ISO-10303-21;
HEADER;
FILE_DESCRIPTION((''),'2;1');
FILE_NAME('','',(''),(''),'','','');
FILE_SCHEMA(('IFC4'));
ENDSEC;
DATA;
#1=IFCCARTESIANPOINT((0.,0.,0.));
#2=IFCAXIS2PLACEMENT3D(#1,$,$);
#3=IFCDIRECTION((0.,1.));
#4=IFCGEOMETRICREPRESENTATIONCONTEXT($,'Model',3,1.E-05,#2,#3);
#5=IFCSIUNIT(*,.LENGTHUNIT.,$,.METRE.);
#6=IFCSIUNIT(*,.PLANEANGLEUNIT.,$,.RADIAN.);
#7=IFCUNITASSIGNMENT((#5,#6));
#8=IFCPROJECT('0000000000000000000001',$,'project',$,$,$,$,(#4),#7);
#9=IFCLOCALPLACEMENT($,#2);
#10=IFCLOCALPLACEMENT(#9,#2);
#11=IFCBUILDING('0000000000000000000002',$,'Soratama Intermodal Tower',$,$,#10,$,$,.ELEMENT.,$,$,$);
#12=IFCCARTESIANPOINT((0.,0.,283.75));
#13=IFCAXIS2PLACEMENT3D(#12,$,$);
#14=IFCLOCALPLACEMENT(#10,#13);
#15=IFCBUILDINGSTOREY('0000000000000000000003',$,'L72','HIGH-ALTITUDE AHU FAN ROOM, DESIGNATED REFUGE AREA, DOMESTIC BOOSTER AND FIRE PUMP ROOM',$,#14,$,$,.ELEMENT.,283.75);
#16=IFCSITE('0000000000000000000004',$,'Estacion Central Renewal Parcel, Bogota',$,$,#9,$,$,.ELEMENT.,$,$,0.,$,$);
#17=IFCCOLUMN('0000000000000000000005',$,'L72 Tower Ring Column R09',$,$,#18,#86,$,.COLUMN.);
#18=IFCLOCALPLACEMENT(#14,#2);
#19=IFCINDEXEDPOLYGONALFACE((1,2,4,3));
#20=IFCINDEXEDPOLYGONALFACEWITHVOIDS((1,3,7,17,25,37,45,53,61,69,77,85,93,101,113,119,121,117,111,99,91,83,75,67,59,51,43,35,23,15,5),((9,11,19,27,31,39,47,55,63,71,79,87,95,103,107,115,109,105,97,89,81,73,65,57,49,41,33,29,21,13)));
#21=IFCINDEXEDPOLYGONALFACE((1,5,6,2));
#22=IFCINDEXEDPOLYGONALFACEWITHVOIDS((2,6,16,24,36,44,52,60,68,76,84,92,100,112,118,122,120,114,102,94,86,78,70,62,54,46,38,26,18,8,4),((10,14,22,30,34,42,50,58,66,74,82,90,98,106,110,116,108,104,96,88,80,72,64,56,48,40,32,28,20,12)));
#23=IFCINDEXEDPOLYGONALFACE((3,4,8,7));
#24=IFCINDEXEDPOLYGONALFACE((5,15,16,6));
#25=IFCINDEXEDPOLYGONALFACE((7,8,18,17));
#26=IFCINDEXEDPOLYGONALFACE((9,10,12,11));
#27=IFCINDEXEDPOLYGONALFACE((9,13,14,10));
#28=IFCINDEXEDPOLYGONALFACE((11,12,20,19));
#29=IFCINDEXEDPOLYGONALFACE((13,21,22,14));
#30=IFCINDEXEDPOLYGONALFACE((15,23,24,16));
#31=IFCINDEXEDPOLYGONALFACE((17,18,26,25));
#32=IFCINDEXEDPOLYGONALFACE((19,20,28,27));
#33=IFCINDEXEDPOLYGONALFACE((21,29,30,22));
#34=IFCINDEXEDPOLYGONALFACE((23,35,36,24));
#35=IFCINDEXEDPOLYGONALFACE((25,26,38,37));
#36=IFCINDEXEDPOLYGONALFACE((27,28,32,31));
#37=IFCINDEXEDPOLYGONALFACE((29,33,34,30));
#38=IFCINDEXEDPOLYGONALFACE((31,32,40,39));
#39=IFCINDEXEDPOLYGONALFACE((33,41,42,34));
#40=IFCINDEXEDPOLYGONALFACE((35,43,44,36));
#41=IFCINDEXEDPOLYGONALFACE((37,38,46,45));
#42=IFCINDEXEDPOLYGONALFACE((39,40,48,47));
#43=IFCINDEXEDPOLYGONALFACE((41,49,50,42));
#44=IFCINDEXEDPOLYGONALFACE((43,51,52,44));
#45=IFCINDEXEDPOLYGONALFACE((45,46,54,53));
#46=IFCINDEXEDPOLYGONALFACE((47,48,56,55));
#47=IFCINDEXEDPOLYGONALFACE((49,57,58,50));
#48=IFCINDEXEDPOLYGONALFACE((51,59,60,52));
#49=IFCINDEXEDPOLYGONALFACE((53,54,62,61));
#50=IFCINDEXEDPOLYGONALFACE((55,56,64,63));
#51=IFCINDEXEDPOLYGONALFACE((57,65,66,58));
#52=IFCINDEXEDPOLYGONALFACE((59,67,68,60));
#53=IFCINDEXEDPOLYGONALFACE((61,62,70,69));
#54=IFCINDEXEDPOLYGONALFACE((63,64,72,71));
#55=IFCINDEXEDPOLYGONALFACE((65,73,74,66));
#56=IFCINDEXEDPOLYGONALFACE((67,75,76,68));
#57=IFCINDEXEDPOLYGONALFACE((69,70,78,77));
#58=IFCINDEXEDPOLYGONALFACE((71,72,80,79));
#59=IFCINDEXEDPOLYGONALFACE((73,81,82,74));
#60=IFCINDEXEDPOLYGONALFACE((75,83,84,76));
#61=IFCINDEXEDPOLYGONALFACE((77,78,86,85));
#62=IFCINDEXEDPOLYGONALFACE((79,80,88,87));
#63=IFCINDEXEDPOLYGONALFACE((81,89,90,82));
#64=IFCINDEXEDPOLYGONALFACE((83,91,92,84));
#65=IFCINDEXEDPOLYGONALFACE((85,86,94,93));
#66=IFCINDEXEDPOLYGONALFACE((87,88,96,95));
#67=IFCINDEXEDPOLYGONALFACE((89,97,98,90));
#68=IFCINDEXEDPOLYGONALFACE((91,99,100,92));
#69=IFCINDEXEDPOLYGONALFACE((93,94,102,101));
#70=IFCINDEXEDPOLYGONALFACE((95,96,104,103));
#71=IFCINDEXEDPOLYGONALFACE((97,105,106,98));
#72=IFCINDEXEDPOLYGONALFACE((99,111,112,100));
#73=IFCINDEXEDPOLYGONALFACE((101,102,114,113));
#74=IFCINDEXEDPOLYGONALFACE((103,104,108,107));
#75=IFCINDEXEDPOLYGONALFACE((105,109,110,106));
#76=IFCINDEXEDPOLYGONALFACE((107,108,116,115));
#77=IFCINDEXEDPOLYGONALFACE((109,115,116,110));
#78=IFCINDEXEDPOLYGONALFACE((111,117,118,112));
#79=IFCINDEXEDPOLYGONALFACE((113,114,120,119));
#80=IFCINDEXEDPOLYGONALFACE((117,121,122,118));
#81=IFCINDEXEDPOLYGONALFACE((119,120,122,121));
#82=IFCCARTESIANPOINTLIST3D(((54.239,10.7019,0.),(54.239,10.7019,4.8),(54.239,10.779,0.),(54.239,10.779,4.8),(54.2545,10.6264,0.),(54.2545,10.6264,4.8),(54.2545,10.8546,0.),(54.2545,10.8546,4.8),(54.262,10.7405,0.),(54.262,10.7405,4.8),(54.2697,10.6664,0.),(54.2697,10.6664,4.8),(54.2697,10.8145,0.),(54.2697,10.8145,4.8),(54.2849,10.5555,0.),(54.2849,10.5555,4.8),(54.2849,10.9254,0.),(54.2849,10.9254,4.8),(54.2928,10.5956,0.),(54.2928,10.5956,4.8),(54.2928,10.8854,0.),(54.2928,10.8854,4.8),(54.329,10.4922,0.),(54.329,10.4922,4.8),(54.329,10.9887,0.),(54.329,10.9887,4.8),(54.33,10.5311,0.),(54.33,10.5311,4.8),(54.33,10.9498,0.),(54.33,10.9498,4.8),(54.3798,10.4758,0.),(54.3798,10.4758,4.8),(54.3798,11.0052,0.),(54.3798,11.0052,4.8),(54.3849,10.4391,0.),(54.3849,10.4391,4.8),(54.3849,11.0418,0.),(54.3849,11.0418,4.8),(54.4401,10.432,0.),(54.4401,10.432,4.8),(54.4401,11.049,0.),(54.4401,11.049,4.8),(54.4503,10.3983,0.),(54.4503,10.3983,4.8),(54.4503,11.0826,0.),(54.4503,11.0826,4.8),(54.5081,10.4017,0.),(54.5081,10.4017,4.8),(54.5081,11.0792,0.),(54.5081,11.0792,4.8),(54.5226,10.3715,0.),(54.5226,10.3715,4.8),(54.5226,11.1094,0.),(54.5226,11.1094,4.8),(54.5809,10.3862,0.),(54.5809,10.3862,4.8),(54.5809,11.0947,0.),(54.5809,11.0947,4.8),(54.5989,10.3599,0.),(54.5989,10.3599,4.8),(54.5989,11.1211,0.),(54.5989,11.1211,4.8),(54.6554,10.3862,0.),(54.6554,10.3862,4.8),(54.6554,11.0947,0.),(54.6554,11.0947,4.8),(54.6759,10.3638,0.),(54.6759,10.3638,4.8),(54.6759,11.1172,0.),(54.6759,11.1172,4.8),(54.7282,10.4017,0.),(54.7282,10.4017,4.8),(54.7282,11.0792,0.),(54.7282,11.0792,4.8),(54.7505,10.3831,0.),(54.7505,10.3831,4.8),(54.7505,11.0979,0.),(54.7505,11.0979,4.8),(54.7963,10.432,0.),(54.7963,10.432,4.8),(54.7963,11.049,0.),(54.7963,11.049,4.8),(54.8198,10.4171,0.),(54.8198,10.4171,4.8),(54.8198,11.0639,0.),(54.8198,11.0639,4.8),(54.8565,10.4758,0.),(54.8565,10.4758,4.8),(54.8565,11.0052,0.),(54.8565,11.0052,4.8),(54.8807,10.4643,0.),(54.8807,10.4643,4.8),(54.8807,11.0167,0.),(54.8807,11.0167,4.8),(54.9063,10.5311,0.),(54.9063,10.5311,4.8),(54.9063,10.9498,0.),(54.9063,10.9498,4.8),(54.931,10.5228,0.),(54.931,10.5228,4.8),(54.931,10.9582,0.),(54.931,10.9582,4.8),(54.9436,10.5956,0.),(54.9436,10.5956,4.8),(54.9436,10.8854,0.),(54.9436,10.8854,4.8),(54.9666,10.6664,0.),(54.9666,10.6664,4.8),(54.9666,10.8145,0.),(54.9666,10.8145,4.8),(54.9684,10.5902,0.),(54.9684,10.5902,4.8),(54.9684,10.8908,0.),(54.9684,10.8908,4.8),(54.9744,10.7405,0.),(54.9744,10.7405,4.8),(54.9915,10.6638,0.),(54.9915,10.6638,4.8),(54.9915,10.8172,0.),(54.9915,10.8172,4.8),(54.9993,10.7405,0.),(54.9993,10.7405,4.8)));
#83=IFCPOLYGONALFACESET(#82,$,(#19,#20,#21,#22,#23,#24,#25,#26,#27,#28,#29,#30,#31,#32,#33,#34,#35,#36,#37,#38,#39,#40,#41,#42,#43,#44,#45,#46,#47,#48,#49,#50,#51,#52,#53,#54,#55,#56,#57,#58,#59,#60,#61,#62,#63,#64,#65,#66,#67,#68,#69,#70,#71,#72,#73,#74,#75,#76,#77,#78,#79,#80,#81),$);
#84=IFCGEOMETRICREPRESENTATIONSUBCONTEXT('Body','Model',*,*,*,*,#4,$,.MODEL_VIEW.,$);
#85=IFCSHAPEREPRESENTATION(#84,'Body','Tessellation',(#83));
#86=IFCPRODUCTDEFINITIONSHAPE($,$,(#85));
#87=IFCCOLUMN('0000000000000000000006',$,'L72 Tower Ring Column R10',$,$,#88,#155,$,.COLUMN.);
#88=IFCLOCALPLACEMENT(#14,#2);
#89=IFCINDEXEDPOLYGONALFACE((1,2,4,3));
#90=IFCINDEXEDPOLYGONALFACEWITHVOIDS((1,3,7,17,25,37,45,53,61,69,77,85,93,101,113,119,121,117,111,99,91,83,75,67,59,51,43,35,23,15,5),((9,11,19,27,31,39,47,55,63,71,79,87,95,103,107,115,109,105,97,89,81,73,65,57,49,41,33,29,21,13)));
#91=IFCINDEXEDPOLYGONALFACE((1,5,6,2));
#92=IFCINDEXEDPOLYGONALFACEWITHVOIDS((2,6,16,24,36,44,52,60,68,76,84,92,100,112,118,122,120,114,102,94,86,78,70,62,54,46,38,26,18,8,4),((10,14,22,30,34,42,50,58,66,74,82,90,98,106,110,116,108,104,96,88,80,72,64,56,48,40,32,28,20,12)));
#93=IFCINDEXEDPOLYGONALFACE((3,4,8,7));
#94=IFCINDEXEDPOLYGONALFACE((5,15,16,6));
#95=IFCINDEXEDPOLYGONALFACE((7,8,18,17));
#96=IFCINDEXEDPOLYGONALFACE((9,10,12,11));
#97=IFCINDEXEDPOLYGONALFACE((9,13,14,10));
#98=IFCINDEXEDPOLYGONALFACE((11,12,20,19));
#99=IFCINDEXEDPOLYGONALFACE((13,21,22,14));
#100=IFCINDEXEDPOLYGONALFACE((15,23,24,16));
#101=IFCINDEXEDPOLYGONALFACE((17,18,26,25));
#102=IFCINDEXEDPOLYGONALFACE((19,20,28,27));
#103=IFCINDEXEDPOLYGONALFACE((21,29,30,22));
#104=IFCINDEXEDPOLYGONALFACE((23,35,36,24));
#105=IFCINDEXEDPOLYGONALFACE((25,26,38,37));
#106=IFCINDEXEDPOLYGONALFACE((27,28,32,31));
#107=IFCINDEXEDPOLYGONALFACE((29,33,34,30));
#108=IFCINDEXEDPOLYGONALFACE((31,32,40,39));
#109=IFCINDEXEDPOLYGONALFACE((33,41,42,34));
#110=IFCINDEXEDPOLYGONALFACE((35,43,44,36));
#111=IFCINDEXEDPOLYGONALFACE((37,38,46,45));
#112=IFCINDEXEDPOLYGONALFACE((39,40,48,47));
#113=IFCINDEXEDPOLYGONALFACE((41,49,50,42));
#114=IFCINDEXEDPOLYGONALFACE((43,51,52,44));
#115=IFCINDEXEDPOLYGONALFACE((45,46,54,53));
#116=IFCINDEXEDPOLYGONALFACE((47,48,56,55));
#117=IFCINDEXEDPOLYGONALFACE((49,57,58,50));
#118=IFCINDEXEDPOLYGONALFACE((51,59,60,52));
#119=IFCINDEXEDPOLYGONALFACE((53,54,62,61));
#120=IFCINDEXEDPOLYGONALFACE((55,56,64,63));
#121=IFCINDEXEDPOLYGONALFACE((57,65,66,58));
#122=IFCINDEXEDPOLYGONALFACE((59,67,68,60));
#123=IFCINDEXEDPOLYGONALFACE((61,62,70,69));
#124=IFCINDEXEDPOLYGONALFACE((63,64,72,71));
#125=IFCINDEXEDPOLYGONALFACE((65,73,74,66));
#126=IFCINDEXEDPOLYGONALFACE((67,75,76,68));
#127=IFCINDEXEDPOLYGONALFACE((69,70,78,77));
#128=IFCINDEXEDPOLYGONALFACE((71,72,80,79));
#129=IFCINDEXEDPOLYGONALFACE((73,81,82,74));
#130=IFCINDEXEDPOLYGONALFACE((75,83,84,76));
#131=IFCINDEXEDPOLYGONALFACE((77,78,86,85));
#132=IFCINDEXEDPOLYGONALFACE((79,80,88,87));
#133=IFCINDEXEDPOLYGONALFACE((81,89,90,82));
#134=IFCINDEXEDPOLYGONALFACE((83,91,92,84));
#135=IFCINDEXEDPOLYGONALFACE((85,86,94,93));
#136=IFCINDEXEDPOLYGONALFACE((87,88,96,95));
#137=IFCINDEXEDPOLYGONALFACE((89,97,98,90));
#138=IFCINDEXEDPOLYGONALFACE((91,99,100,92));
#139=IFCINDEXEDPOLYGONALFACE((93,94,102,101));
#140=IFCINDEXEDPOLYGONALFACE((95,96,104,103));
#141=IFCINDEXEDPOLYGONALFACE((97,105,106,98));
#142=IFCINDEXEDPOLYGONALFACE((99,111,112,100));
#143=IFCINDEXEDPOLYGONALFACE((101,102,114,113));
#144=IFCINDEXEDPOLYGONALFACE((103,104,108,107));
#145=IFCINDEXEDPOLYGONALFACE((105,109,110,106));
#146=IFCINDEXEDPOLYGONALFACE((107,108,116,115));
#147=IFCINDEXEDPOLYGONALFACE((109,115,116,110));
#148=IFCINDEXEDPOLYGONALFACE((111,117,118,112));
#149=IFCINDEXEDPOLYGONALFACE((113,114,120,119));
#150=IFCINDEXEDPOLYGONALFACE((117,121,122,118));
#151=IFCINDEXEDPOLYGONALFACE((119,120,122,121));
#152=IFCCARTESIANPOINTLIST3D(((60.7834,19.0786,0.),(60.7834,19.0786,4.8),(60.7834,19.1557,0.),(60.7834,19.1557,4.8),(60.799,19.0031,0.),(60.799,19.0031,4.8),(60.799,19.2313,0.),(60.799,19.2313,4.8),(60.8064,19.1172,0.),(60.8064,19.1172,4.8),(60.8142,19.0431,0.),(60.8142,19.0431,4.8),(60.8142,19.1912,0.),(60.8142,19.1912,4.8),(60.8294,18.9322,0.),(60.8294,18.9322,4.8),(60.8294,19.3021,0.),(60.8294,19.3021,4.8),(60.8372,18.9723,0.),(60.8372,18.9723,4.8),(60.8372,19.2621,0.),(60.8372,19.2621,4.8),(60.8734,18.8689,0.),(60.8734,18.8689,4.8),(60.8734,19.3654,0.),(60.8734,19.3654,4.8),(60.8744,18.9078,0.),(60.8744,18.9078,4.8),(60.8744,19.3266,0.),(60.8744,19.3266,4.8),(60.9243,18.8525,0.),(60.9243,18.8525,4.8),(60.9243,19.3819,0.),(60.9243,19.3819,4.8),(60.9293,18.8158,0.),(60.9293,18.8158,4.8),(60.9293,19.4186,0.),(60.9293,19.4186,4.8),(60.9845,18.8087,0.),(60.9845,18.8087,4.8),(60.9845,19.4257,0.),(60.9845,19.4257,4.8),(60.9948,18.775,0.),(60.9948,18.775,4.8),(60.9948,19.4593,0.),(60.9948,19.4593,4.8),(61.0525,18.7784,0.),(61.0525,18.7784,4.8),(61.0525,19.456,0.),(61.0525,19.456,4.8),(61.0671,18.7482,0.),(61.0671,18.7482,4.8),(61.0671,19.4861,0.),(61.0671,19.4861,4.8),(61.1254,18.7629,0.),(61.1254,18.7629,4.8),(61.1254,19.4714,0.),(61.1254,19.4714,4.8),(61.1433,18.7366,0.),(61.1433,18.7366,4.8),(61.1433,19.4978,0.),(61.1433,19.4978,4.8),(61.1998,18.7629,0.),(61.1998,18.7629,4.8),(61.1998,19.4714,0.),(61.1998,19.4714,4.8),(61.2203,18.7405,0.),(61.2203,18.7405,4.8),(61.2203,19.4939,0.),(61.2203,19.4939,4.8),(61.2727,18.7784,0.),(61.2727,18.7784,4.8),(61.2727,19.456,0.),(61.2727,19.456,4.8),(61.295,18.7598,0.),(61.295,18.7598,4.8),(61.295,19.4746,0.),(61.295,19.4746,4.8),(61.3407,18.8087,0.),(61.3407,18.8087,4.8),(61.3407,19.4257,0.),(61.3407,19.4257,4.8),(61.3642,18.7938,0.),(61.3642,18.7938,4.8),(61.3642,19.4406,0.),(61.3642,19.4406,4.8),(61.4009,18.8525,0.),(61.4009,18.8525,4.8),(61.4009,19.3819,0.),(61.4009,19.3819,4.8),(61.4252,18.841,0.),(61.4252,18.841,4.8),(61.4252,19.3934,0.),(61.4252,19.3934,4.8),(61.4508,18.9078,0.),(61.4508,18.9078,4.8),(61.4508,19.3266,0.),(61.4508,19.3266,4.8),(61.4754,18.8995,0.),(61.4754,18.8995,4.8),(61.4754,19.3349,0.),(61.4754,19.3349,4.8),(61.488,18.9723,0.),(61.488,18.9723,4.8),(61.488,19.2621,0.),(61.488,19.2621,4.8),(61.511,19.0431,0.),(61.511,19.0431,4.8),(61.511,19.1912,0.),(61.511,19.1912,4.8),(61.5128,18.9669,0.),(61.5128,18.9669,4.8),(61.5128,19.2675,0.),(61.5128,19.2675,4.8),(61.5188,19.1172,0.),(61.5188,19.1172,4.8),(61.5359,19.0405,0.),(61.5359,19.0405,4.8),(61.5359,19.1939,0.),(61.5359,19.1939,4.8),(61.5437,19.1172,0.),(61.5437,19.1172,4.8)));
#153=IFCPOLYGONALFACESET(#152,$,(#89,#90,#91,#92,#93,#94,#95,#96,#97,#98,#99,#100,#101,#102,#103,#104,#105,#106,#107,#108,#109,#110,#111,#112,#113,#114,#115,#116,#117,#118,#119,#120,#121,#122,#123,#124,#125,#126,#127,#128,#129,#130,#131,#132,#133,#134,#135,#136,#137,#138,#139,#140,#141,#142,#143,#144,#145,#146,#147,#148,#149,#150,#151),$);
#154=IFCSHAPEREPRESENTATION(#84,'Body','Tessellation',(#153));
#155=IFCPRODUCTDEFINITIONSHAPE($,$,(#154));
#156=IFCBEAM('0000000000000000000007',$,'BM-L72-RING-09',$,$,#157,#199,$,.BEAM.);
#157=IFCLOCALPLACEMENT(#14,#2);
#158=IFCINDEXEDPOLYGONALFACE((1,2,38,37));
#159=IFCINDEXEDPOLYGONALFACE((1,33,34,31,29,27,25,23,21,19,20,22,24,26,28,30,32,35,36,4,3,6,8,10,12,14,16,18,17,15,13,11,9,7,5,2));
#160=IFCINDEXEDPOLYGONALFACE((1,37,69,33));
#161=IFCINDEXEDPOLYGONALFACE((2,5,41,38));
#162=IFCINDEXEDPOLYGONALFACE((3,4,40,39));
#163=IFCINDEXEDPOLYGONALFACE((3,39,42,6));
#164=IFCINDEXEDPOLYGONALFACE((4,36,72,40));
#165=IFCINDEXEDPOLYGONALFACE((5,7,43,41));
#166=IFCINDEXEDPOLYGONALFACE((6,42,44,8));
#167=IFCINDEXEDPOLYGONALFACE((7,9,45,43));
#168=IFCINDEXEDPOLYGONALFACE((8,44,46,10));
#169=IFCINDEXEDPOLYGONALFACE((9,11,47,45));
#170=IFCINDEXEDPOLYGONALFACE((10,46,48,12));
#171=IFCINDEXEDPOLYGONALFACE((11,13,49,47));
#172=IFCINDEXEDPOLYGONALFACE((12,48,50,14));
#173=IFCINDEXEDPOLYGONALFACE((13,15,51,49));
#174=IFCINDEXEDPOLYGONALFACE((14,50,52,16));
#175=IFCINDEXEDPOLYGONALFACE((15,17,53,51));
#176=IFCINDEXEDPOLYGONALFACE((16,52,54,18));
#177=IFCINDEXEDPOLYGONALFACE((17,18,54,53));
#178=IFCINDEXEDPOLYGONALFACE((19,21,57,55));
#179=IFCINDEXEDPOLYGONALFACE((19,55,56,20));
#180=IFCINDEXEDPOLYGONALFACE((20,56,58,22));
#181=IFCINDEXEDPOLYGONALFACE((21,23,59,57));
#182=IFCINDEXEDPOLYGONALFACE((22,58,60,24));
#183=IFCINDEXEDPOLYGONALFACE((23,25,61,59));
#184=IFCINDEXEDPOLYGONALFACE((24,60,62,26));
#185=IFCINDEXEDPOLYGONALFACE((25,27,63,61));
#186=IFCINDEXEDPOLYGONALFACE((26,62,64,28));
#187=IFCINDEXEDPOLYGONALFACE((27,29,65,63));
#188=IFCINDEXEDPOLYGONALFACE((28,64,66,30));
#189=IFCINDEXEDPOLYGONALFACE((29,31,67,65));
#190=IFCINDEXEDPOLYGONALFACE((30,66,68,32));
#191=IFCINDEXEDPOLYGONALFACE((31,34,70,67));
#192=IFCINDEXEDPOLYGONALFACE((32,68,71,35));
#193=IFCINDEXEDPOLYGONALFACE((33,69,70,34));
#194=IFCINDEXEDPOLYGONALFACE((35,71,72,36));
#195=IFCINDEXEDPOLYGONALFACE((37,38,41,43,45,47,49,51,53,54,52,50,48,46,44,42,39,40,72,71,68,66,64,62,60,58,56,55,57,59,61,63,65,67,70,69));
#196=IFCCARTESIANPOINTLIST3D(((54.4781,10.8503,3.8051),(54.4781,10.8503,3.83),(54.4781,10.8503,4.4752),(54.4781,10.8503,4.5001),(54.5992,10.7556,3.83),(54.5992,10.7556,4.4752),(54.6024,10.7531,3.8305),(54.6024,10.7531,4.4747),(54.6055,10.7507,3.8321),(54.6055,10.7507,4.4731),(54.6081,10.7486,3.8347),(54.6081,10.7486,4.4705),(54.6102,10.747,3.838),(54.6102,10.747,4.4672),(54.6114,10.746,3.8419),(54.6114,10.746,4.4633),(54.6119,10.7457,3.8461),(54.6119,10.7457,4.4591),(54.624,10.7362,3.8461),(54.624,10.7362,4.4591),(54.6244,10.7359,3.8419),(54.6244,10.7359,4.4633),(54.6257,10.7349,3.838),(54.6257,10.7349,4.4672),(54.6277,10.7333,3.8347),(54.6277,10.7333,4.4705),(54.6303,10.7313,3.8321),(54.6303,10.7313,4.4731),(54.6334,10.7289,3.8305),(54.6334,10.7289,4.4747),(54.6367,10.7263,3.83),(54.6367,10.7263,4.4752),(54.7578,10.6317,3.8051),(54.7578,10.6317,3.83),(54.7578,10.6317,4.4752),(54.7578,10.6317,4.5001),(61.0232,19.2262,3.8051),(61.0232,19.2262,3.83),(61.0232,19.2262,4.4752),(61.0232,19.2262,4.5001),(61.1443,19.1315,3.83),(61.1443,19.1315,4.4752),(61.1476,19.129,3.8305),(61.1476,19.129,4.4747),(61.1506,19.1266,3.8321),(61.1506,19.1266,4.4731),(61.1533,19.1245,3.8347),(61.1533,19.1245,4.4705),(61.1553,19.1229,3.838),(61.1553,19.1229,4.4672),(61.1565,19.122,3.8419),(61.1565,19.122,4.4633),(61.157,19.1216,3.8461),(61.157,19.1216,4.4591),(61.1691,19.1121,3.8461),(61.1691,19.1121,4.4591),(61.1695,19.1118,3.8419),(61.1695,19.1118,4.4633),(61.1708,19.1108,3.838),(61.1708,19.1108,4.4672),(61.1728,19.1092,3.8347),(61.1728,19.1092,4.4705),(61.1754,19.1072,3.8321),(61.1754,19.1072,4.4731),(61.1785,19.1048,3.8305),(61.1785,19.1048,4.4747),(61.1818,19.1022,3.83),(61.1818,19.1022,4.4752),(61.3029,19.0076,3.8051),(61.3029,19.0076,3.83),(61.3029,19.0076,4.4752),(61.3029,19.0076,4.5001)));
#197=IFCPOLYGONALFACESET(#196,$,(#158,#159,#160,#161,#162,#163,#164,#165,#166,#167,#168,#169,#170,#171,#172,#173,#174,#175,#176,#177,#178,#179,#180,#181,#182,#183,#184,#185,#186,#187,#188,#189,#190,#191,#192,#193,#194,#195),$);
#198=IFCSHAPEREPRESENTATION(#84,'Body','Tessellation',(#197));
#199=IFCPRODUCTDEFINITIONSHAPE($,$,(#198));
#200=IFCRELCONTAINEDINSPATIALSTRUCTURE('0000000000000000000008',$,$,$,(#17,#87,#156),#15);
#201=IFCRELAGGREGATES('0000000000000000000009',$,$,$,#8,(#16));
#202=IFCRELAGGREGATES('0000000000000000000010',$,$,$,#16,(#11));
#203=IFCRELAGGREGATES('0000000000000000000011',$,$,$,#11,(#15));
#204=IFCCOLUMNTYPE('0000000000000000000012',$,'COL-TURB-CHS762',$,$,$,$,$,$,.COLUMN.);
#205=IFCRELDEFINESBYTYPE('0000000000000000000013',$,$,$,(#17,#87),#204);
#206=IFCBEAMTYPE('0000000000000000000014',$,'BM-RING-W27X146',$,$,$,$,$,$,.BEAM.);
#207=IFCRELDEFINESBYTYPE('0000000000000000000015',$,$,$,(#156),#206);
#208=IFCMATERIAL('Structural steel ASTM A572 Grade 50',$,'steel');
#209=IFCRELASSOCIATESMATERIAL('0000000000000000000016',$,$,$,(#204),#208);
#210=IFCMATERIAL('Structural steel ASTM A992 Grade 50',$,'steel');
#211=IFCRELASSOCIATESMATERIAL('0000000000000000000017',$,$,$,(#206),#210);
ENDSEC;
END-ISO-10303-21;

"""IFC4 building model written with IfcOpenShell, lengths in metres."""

from ifc_helpers import new_model, si_unit, direction, frame, origin, origin_2d, place, context, subcontext, project, spatial, hollow_circle, i_section, extrude, material, material_profile, profile_set, type_object, element, save


model = new_model("IFC4")

# Units and contexts
model_context = context("Model", 3, precision=1e-05, world=origin(), true_north=direction((0.0, 1.0)))
body_context = subcontext(model_context, "Body", "Model", "MODEL_VIEW")
ifc_project = project(units=[si_unit("LENGTHUNIT", "METRE"), si_unit("PLANEANGLEUNIT", "RADIAN")], contexts=[model_context])

# Site, building, storey
site_placement = place(None, origin())
site = spatial("IfcSite", under=ifc_project, at=site_placement, Name="Estacion Central Renewal Parcel, Bogota", CompositionType="ELEMENT", RefElevation=0.0)
building_placement = place(site_placement, origin())
building = spatial("IfcBuilding", under=site, at=building_placement, Name="Soratama Intermodal Tower", CompositionType="ELEMENT")
storey_placement = place(building_placement, frame((0.0, 0.0, 283.75)))
storey = spatial("IfcBuildingStorey", under=building, at=storey_placement, Name="L72", Description="HIGH-ALTITUDE AHU FAN ROOM, DESIGNATED REFUGE AREA, DOMESTIC BOOSTER AND FIRE PUMP ROOM", CompositionType="ELEMENT", Elevation=283.75)

# Columns
ifc_material_1 = material(Name="Structural steel ASTM A572 Grade 50", Category="steel")
ifc_material_profile_1 = material_profile(ifc_material_1, hollow_circle(Radius=0.3811, WallThickness=0.0249, at=origin_2d()), Name="CHS762X25")
ifc_profile_set_1 = profile_set([ifc_material_profile_1], Name="Structural steel ASTM A572 Grade 50")
column_type = type_object("IfcColumnType", Name="COL-TURB-CHS762", PredefinedType="COLUMN", material=ifc_profile_set_1)
for number, where, z_axis, x_axis, name in (
    (1, (54.6182, 10.7405, 0.0), (0.0, 0.0, 1.0), (1.0, 0.0, 0.0), "L72 Tower Ring Column R09"),
    (2, (61.1626, 19.1172, 0.0), (0.0, 0.0, 1.0), (1.0, 0.0, 0.0), "L72 Tower Ring Column R10"),
):
    element("IfcColumn", number, at=place(storey_placement, frame(where, z_axis=z_axis, x_axis=x_axis)), inside=storey, type_object=column_type, Name=name, PredefinedType="COLUMN", context=body_context, shape_type="SweptSolid", body=[
        extrude(hollow_circle(Radius=0.3811, WallThickness=0.0249, at=origin_2d()), origin(), (0.0, 0.0, 1.0), 4.8),
    ])

# Beam
ifc_material_2 = material(Name="Structural steel ASTM A992 Grade 50", Category="steel")
ifc_material_profile_2 = material_profile(ifc_material_2, i_section(OverallWidth=0.355, OverallDepth=0.6951, WebThickness=0.0154, FlangeThickness=0.0249, FilletRadius=0.0161, at=origin_2d()), Name="W27X146")
ifc_profile_set_2 = profile_set([ifc_material_profile_2], Name="Structural steel ASTM A992 Grade 50")
beam_type_1 = type_object("IfcBeamType", Name="BM-RING-W27X146", PredefinedType="BEAM", material=ifc_profile_set_2)
beam_1_placement = place(storey_placement, frame((54.6179, 10.741, 4.1526), z_axis=(0.615728, 0.787959, 0.0), x_axis=(-0.787959, 0.615728, 0.0)))
element("IfcBeam", 3, at=beam_1_placement, inside=storey, type_object=beam_type_1, Name="BM-L72-RING-09", PredefinedType="BEAM", context=body_context, shape_type="SweptSolid", body=[
    extrude(i_section(OverallWidth=0.355, OverallDepth=0.6951, WebThickness=0.0154, FlangeThickness=0.0249, FilletRadius=0.0161, at=origin_2d()), origin(), (0.0, 0.0, 1.0), 10.6299),
])

save(model, "model.ifc")
